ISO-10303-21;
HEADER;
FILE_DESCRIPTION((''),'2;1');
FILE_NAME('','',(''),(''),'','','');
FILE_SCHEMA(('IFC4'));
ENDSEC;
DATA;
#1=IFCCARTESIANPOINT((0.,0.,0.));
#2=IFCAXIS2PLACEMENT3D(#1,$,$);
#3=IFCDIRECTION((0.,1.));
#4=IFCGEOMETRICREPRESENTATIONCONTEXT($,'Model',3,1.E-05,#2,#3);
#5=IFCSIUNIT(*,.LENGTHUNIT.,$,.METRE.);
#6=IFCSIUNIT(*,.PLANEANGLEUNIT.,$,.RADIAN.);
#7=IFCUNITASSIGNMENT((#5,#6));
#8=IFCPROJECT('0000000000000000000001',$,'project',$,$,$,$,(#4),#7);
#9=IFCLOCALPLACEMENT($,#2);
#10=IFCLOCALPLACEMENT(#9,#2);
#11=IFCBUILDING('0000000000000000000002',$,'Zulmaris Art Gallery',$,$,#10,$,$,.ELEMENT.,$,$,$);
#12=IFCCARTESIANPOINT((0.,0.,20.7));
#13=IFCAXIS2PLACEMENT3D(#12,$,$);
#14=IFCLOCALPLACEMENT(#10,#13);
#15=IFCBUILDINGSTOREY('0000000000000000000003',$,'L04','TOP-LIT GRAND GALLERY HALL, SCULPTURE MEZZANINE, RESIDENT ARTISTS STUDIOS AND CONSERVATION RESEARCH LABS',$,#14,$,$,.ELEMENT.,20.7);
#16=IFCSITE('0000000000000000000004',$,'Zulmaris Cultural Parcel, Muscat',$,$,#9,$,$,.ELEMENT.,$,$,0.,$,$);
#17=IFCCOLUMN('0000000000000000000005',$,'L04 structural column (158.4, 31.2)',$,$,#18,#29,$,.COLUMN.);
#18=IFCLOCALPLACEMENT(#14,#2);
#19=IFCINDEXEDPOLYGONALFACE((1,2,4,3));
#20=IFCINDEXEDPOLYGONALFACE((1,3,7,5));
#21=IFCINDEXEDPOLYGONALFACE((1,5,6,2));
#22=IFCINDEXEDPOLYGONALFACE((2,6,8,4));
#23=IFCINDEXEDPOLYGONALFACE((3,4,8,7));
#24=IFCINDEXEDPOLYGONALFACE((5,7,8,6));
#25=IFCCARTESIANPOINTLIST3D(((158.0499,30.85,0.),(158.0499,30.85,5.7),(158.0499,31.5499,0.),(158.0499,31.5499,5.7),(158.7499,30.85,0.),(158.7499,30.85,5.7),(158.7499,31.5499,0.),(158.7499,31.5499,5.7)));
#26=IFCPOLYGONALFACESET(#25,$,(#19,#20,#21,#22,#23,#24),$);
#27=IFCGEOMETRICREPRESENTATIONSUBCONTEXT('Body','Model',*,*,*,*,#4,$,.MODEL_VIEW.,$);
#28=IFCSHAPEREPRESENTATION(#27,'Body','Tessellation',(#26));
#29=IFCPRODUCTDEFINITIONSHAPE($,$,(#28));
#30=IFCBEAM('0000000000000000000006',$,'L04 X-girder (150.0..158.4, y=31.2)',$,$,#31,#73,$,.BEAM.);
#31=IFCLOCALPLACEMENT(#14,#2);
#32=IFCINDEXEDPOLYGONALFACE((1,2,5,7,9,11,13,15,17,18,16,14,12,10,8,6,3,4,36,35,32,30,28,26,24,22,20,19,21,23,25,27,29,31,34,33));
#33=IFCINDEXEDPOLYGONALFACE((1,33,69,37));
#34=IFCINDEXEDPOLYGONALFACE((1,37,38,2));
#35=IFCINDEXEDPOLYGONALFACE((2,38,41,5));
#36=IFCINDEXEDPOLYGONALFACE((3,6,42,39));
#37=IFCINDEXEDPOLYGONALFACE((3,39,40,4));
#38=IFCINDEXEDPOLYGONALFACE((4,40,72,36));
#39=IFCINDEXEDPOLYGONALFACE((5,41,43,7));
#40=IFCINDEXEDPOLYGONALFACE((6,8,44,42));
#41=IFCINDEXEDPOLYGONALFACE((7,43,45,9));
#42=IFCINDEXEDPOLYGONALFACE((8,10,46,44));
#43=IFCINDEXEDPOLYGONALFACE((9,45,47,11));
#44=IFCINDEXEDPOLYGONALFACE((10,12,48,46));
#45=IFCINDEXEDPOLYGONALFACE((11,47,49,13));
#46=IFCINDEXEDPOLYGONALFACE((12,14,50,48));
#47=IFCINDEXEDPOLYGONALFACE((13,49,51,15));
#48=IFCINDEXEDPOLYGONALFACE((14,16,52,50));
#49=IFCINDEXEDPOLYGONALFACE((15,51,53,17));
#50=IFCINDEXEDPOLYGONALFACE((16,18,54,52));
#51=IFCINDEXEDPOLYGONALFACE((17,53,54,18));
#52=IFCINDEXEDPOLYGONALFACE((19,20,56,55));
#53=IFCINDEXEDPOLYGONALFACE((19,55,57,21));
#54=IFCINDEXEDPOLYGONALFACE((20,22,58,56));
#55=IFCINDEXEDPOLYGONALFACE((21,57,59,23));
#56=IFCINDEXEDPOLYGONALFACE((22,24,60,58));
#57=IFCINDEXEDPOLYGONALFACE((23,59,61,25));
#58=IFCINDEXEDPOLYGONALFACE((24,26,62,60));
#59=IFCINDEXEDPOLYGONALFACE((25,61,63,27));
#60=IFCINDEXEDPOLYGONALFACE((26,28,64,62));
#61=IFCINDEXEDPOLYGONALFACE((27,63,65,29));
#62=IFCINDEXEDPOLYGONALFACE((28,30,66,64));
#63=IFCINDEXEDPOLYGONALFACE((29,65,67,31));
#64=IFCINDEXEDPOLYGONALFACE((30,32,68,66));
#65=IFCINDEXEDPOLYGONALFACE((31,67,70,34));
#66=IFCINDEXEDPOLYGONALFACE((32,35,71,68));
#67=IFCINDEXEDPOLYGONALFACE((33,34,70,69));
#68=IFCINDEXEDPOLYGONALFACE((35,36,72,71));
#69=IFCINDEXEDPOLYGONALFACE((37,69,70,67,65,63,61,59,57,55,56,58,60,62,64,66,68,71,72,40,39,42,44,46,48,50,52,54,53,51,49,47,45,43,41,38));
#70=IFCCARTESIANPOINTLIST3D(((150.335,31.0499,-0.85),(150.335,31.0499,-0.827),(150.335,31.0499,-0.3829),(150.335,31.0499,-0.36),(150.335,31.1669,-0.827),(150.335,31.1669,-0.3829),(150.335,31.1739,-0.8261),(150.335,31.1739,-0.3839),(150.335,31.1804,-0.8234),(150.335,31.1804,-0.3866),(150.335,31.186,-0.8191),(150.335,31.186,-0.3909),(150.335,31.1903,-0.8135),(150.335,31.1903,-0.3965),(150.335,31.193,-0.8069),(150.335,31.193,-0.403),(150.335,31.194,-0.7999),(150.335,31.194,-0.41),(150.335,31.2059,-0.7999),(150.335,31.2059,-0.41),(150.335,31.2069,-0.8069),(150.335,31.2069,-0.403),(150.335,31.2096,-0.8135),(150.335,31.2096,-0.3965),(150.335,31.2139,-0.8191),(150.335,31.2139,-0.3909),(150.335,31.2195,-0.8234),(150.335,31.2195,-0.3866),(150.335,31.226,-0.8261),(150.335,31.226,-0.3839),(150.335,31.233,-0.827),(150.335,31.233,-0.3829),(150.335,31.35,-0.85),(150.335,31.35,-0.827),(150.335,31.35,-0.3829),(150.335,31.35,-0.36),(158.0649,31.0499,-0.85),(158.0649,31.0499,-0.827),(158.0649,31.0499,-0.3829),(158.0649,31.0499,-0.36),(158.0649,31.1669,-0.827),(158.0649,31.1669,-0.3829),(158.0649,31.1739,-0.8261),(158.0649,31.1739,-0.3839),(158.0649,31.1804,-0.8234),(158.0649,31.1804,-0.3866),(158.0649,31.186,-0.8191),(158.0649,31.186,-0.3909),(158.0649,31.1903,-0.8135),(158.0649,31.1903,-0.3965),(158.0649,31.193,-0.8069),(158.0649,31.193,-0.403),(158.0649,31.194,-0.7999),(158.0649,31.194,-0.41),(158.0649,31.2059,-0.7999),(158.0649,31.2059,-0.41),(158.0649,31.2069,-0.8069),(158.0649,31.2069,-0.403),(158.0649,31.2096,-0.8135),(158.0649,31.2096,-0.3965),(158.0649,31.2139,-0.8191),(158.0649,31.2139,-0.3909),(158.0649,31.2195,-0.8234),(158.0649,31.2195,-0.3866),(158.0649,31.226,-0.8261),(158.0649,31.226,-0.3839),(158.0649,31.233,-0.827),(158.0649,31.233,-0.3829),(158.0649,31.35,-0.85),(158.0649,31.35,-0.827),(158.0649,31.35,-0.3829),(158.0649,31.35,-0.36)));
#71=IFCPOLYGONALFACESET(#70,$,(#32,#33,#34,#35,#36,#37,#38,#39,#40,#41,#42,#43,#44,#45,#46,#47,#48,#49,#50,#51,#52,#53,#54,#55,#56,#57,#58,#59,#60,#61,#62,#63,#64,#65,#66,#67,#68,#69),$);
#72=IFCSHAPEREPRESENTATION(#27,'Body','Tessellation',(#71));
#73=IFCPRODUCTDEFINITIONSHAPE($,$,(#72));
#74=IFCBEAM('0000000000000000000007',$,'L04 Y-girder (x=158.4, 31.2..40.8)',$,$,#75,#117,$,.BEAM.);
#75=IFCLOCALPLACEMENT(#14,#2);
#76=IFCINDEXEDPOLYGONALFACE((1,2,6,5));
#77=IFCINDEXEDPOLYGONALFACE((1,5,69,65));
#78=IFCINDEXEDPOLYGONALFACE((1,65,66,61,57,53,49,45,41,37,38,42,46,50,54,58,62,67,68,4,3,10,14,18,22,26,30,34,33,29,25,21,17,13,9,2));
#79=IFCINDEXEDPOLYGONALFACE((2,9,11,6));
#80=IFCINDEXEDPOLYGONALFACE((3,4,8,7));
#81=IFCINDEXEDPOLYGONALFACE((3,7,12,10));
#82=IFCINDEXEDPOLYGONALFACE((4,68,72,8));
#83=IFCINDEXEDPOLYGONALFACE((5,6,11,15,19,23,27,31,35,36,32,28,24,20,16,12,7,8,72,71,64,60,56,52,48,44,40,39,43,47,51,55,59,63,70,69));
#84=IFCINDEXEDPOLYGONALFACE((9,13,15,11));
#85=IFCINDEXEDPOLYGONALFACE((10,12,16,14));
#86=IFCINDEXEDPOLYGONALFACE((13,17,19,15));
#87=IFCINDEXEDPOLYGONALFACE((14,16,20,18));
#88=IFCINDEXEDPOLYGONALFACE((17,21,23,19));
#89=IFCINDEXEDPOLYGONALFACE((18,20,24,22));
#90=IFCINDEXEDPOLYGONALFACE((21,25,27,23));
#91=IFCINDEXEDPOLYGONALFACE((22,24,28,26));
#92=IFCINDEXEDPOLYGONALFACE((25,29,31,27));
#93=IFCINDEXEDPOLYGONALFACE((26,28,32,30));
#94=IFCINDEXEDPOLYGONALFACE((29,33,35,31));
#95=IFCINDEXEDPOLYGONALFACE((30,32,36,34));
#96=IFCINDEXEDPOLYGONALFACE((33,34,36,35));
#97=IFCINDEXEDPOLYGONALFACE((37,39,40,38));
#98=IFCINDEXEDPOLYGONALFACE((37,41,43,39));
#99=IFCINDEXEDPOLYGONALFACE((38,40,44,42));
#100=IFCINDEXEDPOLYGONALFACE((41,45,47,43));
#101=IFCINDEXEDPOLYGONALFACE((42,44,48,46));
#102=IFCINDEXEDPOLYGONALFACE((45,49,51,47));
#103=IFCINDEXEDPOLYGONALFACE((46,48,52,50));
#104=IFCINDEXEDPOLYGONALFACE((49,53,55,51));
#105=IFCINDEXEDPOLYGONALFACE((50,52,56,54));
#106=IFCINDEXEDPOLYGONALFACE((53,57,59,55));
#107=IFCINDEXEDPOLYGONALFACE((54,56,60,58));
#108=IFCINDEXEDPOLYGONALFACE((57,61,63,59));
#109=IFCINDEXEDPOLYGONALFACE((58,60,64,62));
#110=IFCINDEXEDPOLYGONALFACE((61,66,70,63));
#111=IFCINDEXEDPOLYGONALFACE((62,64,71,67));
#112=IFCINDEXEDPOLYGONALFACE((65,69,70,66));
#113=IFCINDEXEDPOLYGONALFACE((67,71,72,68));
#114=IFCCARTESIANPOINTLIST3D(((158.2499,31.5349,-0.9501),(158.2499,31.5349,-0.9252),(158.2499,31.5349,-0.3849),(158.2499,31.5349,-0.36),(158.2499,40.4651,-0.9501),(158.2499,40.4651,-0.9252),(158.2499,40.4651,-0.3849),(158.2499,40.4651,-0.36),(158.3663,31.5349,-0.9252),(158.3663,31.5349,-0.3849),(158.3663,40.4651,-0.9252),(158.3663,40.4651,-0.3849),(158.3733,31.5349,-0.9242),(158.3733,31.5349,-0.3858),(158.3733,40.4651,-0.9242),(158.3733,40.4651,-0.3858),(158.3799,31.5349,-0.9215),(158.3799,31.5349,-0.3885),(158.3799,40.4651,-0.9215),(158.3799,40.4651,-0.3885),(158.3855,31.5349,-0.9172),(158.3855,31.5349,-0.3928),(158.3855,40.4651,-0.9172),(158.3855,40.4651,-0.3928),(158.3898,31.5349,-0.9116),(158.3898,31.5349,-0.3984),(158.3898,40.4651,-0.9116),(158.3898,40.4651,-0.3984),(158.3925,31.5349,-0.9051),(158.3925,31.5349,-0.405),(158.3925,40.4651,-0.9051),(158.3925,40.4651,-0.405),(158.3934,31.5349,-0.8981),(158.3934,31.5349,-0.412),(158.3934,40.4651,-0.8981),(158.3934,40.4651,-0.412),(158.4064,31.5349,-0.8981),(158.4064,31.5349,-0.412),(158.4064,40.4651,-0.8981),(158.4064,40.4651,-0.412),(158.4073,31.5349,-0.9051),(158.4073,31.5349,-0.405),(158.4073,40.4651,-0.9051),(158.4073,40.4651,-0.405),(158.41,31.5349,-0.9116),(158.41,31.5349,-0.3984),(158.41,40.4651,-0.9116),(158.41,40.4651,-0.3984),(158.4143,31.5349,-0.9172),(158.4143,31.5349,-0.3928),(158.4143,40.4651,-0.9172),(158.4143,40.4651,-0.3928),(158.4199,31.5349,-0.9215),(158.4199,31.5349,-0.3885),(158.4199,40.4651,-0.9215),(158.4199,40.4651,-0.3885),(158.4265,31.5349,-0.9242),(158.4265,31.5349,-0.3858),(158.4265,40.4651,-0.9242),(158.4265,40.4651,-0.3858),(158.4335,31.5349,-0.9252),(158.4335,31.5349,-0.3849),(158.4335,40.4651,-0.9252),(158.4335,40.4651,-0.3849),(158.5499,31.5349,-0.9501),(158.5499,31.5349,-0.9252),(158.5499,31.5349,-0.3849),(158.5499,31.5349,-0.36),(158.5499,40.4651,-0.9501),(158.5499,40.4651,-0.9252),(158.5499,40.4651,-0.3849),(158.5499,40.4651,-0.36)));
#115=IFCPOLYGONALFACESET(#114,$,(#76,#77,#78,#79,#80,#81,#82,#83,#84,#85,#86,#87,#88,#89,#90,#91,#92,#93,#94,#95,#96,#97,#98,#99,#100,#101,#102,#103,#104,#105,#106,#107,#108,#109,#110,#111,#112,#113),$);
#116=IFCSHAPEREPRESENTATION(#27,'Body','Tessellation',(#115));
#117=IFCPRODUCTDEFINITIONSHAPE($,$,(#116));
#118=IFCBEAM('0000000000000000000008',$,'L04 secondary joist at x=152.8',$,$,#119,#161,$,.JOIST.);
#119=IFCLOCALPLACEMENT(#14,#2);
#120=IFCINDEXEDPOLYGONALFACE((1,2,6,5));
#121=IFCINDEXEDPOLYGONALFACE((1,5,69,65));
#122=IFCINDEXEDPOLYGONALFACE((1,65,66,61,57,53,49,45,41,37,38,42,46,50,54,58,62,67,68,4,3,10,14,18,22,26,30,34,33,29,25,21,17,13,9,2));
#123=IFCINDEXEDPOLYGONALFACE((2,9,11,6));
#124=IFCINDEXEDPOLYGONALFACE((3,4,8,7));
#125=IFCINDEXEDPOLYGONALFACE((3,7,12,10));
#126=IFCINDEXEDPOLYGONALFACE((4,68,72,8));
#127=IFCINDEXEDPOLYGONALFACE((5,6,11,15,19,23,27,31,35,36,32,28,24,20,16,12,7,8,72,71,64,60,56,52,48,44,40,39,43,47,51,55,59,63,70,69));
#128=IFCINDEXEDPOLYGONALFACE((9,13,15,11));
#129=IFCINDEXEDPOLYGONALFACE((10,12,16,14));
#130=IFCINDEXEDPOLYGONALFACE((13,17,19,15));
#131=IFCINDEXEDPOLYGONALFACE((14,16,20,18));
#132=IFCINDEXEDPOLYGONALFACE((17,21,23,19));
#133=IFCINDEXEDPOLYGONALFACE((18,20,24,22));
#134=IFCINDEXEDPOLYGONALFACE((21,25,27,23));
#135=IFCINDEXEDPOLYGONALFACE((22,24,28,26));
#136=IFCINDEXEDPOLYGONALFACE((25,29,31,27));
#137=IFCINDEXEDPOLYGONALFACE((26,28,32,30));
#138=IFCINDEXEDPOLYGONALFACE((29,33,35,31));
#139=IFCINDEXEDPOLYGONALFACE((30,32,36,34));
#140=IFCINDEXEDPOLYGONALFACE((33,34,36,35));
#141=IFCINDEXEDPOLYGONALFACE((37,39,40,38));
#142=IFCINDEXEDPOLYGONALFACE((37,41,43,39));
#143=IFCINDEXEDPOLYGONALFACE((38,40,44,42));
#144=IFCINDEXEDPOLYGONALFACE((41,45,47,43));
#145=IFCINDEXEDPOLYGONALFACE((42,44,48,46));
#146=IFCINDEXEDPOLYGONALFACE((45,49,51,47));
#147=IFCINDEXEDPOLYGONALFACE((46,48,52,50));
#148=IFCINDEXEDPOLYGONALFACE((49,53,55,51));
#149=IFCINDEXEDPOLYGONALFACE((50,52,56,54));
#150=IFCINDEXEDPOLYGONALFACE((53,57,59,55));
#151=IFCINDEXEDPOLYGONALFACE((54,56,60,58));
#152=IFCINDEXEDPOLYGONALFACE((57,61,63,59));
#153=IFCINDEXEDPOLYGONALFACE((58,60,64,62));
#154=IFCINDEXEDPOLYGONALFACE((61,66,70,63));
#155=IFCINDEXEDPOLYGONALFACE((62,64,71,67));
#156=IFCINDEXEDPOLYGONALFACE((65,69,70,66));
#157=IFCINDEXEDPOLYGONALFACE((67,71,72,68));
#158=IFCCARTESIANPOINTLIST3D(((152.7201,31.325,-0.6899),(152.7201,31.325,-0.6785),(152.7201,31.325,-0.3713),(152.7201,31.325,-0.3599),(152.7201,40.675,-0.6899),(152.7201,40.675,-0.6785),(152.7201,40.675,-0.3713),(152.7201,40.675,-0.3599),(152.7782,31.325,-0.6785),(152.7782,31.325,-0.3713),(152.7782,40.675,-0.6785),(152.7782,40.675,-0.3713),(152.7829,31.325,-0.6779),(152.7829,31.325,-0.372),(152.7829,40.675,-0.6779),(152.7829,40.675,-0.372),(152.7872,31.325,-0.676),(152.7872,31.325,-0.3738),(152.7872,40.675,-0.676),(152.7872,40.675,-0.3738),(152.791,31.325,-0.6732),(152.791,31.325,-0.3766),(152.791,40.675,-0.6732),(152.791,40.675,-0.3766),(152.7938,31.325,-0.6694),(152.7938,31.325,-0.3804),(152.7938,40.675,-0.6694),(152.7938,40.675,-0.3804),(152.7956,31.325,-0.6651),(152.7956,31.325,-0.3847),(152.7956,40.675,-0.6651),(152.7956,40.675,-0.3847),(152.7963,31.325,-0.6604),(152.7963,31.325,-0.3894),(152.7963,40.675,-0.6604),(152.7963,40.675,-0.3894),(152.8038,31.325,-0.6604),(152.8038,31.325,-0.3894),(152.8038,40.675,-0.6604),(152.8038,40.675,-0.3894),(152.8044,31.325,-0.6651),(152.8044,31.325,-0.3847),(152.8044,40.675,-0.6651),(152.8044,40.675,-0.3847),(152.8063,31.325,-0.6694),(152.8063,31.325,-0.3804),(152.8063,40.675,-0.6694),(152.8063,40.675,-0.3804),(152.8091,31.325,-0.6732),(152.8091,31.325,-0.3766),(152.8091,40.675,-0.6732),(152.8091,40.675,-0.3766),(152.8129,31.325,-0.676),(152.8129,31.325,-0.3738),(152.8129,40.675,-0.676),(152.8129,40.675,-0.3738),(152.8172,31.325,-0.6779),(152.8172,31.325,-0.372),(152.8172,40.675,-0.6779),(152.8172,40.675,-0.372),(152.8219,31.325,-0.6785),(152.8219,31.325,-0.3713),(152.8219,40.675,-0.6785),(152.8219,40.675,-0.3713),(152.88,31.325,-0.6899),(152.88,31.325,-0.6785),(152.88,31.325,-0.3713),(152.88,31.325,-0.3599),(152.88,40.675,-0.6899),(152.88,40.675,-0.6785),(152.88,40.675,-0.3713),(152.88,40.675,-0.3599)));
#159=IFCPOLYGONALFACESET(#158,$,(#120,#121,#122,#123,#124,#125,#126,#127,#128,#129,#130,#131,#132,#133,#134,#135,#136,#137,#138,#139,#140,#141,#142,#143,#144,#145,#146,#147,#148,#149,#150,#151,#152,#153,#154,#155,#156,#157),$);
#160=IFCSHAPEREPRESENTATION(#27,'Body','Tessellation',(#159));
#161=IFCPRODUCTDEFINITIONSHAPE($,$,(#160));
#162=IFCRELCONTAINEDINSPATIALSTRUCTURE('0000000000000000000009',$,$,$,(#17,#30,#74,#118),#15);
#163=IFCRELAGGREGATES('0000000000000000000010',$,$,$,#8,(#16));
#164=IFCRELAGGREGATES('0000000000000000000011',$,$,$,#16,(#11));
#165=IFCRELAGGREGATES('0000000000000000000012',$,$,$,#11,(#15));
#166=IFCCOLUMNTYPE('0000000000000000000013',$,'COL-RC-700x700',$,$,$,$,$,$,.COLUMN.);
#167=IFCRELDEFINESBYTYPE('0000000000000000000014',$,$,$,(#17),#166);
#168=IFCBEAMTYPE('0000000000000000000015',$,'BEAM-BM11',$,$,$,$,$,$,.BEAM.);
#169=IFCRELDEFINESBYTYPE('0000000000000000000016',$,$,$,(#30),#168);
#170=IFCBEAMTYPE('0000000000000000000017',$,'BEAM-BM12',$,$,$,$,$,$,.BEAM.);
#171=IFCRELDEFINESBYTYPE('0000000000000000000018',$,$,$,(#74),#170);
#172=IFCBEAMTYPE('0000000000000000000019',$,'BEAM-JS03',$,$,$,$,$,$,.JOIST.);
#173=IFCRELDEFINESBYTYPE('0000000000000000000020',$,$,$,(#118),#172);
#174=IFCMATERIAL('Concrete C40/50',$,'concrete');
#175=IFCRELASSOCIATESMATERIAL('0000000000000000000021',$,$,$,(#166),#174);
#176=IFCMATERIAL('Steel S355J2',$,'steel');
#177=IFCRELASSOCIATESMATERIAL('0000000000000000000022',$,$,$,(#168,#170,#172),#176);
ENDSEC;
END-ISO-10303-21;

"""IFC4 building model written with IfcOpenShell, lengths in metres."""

from ifc_helpers import new_model, si_unit, direction, frame, origin, origin_2d, place, context, subcontext, project, spatial, rectangle, i_section, extrude, material, material_profile, profile_set, type_object, element, save


model = new_model("IFC4")

# Units and contexts
model_context = context("Model", 3, precision=1e-05, world=origin(), true_north=direction((0.0, 1.0)))
body_context = subcontext(model_context, "Body", "Model", "MODEL_VIEW")
ifc_project = project(units=[si_unit("LENGTHUNIT", "METRE"), si_unit("PLANEANGLEUNIT", "RADIAN")], contexts=[model_context])

# Site, building, storey
site_placement = place(None, origin())
site = spatial("IfcSite", under=ifc_project, at=site_placement, Name="Zulmaris Cultural Parcel, Muscat", CompositionType="ELEMENT", RefElevation=0.0)
building_placement = place(site_placement, origin())
building = spatial("IfcBuilding", under=site, at=building_placement, Name="Zulmaris Art Gallery", CompositionType="ELEMENT")
storey_placement = place(building_placement, frame((0.0, 0.0, 20.7)))
storey = spatial("IfcBuildingStorey", under=building, at=storey_placement, Name="L04", Description="TOP-LIT GRAND GALLERY HALL, SCULPTURE MEZZANINE, RESIDENT ARTISTS STUDIOS AND CONSERVATION RESEARCH LABS", CompositionType="ELEMENT", Elevation=20.7)

# Column
ifc_material_1 = material(Name="Concrete C40/50", Category="concrete")
ifc_material_profile_1 = material_profile(ifc_material_1, rectangle(XDim=0.7, YDim=0.7, at=origin_2d()), Name="RC 700x700")
ifc_profile_set_1 = profile_set([ifc_material_profile_1], Name="Concrete C40/50")
column_type = type_object("IfcColumnType", Name="COL-RC-700x700", PredefinedType="COLUMN", material=ifc_profile_set_1)
column_placement = place(storey_placement, frame((158.3999, 31.2, 0.0), z_axis=(0.0, 0.0, 1.0), x_axis=(1.0, 0.0, 0.0)))
element("IfcColumn", 1, at=column_placement, inside=storey, type_object=column_type, Name="L04 structural column (158.4, 31.2)", PredefinedType="COLUMN", context=body_context, shape_type="SweptSolid", body=[
    extrude(rectangle(XDim=0.7, YDim=0.7, at=origin_2d()), origin(), (0.0, 0.0, 1.0), 5.7),
])

# Beams
ifc_material_2 = material(Name="Steel S355J2", Category="steel")
ifc_material_profile_2 = material_profile(ifc_material_2, i_section(OverallWidth=0.3, OverallDepth=0.49, WebThickness=0.012, FlangeThickness=0.0229, FilletRadius=0.0271, at=origin_2d()), Name="HEA 500")
ifc_profile_set_2 = profile_set([ifc_material_profile_2], Name="Steel S355J2")
beam_type_1 = type_object("IfcBeamType", Name="BEAM-BM11", PredefinedType="BEAM", material=ifc_profile_set_2)
beam_1_placement = place(storey_placement, frame((150.335, 31.2, -0.605), z_axis=(1.0, 0.0, 0.0), x_axis=(0.0, 1.0, 0.0)))
element("IfcBeam", 2, at=beam_1_placement, inside=storey, type_object=beam_type_1, Name="L04 X-girder (150.0..158.4, y=31.2)", PredefinedType="BEAM", context=body_context, shape_type="SweptSolid", body=[
    extrude(i_section(OverallWidth=0.3, OverallDepth=0.49, WebThickness=0.012, FlangeThickness=0.0229, FilletRadius=0.0271, at=origin_2d()), origin(), (0.0, 0.0, 1.0), 7.73),
])
ifc_material_profile_3 = material_profile(ifc_material_2, i_section(OverallWidth=0.3, OverallDepth=0.5901, WebThickness=0.0129, FlangeThickness=0.0249, FilletRadius=0.0271, at=origin_2d()), Name="HEA 600")
ifc_profile_set_3 = profile_set([ifc_material_profile_3], Name="Steel S355J2")
beam_type_2 = type_object("IfcBeamType", Name="BEAM-BM12", PredefinedType="BEAM", material=ifc_profile_set_3)
beam_2_placement = place(storey_placement, frame((158.3999, 31.5349, -0.655), z_axis=(0.0, 1.0, 0.0), x_axis=(-1.0, 0.0, 0.0)))
element("IfcBeam", 3, at=beam_2_placement, inside=storey, type_object=beam_type_2, Name="L04 Y-girder (x=158.4, 31.2..40.8)", PredefinedType="BEAM", context=body_context, shape_type="SweptSolid", body=[
    extrude(i_section(OverallWidth=0.3, OverallDepth=0.5901, WebThickness=0.0129, FlangeThickness=0.0249, FilletRadius=0.0271, at=origin_2d()), origin(), (0.0, 0.0, 1.0), 8.9302),
])
ifc_material_profile_4 = material_profile(ifc_material_2, i_section(OverallWidth=0.1599, OverallDepth=0.3301, WebThickness=0.0076, FlangeThickness=0.0115, FilletRadius=0.0181, at=origin_2d()), Name="IPE 330")
ifc_profile_set_4 = profile_set([ifc_material_profile_4], Name="Steel S355J2")
beam_type_3 = type_object("IfcBeamType", Name="BEAM-JS03", PredefinedType="JOIST", material=ifc_profile_set_4)
beam_3_placement = place(storey_placement, frame((152.8, 31.325, -0.5249), z_axis=(0.0, 1.0, 0.0), x_axis=(-1.0, 0.0, 0.0)))
element("IfcBeam", 4, at=beam_3_placement, inside=storey, type_object=beam_type_3, Name="L04 secondary joist at x=152.8", PredefinedType="JOIST", context=body_context, shape_type="SweptSolid", body=[
    extrude(i_section(OverallWidth=0.1599, OverallDepth=0.3301, WebThickness=0.0076, FlangeThickness=0.0115, FilletRadius=0.0181, at=origin_2d()), origin(), (0.0, 0.0, 1.0), 9.3501),
])

save(model, "model.ifc")
